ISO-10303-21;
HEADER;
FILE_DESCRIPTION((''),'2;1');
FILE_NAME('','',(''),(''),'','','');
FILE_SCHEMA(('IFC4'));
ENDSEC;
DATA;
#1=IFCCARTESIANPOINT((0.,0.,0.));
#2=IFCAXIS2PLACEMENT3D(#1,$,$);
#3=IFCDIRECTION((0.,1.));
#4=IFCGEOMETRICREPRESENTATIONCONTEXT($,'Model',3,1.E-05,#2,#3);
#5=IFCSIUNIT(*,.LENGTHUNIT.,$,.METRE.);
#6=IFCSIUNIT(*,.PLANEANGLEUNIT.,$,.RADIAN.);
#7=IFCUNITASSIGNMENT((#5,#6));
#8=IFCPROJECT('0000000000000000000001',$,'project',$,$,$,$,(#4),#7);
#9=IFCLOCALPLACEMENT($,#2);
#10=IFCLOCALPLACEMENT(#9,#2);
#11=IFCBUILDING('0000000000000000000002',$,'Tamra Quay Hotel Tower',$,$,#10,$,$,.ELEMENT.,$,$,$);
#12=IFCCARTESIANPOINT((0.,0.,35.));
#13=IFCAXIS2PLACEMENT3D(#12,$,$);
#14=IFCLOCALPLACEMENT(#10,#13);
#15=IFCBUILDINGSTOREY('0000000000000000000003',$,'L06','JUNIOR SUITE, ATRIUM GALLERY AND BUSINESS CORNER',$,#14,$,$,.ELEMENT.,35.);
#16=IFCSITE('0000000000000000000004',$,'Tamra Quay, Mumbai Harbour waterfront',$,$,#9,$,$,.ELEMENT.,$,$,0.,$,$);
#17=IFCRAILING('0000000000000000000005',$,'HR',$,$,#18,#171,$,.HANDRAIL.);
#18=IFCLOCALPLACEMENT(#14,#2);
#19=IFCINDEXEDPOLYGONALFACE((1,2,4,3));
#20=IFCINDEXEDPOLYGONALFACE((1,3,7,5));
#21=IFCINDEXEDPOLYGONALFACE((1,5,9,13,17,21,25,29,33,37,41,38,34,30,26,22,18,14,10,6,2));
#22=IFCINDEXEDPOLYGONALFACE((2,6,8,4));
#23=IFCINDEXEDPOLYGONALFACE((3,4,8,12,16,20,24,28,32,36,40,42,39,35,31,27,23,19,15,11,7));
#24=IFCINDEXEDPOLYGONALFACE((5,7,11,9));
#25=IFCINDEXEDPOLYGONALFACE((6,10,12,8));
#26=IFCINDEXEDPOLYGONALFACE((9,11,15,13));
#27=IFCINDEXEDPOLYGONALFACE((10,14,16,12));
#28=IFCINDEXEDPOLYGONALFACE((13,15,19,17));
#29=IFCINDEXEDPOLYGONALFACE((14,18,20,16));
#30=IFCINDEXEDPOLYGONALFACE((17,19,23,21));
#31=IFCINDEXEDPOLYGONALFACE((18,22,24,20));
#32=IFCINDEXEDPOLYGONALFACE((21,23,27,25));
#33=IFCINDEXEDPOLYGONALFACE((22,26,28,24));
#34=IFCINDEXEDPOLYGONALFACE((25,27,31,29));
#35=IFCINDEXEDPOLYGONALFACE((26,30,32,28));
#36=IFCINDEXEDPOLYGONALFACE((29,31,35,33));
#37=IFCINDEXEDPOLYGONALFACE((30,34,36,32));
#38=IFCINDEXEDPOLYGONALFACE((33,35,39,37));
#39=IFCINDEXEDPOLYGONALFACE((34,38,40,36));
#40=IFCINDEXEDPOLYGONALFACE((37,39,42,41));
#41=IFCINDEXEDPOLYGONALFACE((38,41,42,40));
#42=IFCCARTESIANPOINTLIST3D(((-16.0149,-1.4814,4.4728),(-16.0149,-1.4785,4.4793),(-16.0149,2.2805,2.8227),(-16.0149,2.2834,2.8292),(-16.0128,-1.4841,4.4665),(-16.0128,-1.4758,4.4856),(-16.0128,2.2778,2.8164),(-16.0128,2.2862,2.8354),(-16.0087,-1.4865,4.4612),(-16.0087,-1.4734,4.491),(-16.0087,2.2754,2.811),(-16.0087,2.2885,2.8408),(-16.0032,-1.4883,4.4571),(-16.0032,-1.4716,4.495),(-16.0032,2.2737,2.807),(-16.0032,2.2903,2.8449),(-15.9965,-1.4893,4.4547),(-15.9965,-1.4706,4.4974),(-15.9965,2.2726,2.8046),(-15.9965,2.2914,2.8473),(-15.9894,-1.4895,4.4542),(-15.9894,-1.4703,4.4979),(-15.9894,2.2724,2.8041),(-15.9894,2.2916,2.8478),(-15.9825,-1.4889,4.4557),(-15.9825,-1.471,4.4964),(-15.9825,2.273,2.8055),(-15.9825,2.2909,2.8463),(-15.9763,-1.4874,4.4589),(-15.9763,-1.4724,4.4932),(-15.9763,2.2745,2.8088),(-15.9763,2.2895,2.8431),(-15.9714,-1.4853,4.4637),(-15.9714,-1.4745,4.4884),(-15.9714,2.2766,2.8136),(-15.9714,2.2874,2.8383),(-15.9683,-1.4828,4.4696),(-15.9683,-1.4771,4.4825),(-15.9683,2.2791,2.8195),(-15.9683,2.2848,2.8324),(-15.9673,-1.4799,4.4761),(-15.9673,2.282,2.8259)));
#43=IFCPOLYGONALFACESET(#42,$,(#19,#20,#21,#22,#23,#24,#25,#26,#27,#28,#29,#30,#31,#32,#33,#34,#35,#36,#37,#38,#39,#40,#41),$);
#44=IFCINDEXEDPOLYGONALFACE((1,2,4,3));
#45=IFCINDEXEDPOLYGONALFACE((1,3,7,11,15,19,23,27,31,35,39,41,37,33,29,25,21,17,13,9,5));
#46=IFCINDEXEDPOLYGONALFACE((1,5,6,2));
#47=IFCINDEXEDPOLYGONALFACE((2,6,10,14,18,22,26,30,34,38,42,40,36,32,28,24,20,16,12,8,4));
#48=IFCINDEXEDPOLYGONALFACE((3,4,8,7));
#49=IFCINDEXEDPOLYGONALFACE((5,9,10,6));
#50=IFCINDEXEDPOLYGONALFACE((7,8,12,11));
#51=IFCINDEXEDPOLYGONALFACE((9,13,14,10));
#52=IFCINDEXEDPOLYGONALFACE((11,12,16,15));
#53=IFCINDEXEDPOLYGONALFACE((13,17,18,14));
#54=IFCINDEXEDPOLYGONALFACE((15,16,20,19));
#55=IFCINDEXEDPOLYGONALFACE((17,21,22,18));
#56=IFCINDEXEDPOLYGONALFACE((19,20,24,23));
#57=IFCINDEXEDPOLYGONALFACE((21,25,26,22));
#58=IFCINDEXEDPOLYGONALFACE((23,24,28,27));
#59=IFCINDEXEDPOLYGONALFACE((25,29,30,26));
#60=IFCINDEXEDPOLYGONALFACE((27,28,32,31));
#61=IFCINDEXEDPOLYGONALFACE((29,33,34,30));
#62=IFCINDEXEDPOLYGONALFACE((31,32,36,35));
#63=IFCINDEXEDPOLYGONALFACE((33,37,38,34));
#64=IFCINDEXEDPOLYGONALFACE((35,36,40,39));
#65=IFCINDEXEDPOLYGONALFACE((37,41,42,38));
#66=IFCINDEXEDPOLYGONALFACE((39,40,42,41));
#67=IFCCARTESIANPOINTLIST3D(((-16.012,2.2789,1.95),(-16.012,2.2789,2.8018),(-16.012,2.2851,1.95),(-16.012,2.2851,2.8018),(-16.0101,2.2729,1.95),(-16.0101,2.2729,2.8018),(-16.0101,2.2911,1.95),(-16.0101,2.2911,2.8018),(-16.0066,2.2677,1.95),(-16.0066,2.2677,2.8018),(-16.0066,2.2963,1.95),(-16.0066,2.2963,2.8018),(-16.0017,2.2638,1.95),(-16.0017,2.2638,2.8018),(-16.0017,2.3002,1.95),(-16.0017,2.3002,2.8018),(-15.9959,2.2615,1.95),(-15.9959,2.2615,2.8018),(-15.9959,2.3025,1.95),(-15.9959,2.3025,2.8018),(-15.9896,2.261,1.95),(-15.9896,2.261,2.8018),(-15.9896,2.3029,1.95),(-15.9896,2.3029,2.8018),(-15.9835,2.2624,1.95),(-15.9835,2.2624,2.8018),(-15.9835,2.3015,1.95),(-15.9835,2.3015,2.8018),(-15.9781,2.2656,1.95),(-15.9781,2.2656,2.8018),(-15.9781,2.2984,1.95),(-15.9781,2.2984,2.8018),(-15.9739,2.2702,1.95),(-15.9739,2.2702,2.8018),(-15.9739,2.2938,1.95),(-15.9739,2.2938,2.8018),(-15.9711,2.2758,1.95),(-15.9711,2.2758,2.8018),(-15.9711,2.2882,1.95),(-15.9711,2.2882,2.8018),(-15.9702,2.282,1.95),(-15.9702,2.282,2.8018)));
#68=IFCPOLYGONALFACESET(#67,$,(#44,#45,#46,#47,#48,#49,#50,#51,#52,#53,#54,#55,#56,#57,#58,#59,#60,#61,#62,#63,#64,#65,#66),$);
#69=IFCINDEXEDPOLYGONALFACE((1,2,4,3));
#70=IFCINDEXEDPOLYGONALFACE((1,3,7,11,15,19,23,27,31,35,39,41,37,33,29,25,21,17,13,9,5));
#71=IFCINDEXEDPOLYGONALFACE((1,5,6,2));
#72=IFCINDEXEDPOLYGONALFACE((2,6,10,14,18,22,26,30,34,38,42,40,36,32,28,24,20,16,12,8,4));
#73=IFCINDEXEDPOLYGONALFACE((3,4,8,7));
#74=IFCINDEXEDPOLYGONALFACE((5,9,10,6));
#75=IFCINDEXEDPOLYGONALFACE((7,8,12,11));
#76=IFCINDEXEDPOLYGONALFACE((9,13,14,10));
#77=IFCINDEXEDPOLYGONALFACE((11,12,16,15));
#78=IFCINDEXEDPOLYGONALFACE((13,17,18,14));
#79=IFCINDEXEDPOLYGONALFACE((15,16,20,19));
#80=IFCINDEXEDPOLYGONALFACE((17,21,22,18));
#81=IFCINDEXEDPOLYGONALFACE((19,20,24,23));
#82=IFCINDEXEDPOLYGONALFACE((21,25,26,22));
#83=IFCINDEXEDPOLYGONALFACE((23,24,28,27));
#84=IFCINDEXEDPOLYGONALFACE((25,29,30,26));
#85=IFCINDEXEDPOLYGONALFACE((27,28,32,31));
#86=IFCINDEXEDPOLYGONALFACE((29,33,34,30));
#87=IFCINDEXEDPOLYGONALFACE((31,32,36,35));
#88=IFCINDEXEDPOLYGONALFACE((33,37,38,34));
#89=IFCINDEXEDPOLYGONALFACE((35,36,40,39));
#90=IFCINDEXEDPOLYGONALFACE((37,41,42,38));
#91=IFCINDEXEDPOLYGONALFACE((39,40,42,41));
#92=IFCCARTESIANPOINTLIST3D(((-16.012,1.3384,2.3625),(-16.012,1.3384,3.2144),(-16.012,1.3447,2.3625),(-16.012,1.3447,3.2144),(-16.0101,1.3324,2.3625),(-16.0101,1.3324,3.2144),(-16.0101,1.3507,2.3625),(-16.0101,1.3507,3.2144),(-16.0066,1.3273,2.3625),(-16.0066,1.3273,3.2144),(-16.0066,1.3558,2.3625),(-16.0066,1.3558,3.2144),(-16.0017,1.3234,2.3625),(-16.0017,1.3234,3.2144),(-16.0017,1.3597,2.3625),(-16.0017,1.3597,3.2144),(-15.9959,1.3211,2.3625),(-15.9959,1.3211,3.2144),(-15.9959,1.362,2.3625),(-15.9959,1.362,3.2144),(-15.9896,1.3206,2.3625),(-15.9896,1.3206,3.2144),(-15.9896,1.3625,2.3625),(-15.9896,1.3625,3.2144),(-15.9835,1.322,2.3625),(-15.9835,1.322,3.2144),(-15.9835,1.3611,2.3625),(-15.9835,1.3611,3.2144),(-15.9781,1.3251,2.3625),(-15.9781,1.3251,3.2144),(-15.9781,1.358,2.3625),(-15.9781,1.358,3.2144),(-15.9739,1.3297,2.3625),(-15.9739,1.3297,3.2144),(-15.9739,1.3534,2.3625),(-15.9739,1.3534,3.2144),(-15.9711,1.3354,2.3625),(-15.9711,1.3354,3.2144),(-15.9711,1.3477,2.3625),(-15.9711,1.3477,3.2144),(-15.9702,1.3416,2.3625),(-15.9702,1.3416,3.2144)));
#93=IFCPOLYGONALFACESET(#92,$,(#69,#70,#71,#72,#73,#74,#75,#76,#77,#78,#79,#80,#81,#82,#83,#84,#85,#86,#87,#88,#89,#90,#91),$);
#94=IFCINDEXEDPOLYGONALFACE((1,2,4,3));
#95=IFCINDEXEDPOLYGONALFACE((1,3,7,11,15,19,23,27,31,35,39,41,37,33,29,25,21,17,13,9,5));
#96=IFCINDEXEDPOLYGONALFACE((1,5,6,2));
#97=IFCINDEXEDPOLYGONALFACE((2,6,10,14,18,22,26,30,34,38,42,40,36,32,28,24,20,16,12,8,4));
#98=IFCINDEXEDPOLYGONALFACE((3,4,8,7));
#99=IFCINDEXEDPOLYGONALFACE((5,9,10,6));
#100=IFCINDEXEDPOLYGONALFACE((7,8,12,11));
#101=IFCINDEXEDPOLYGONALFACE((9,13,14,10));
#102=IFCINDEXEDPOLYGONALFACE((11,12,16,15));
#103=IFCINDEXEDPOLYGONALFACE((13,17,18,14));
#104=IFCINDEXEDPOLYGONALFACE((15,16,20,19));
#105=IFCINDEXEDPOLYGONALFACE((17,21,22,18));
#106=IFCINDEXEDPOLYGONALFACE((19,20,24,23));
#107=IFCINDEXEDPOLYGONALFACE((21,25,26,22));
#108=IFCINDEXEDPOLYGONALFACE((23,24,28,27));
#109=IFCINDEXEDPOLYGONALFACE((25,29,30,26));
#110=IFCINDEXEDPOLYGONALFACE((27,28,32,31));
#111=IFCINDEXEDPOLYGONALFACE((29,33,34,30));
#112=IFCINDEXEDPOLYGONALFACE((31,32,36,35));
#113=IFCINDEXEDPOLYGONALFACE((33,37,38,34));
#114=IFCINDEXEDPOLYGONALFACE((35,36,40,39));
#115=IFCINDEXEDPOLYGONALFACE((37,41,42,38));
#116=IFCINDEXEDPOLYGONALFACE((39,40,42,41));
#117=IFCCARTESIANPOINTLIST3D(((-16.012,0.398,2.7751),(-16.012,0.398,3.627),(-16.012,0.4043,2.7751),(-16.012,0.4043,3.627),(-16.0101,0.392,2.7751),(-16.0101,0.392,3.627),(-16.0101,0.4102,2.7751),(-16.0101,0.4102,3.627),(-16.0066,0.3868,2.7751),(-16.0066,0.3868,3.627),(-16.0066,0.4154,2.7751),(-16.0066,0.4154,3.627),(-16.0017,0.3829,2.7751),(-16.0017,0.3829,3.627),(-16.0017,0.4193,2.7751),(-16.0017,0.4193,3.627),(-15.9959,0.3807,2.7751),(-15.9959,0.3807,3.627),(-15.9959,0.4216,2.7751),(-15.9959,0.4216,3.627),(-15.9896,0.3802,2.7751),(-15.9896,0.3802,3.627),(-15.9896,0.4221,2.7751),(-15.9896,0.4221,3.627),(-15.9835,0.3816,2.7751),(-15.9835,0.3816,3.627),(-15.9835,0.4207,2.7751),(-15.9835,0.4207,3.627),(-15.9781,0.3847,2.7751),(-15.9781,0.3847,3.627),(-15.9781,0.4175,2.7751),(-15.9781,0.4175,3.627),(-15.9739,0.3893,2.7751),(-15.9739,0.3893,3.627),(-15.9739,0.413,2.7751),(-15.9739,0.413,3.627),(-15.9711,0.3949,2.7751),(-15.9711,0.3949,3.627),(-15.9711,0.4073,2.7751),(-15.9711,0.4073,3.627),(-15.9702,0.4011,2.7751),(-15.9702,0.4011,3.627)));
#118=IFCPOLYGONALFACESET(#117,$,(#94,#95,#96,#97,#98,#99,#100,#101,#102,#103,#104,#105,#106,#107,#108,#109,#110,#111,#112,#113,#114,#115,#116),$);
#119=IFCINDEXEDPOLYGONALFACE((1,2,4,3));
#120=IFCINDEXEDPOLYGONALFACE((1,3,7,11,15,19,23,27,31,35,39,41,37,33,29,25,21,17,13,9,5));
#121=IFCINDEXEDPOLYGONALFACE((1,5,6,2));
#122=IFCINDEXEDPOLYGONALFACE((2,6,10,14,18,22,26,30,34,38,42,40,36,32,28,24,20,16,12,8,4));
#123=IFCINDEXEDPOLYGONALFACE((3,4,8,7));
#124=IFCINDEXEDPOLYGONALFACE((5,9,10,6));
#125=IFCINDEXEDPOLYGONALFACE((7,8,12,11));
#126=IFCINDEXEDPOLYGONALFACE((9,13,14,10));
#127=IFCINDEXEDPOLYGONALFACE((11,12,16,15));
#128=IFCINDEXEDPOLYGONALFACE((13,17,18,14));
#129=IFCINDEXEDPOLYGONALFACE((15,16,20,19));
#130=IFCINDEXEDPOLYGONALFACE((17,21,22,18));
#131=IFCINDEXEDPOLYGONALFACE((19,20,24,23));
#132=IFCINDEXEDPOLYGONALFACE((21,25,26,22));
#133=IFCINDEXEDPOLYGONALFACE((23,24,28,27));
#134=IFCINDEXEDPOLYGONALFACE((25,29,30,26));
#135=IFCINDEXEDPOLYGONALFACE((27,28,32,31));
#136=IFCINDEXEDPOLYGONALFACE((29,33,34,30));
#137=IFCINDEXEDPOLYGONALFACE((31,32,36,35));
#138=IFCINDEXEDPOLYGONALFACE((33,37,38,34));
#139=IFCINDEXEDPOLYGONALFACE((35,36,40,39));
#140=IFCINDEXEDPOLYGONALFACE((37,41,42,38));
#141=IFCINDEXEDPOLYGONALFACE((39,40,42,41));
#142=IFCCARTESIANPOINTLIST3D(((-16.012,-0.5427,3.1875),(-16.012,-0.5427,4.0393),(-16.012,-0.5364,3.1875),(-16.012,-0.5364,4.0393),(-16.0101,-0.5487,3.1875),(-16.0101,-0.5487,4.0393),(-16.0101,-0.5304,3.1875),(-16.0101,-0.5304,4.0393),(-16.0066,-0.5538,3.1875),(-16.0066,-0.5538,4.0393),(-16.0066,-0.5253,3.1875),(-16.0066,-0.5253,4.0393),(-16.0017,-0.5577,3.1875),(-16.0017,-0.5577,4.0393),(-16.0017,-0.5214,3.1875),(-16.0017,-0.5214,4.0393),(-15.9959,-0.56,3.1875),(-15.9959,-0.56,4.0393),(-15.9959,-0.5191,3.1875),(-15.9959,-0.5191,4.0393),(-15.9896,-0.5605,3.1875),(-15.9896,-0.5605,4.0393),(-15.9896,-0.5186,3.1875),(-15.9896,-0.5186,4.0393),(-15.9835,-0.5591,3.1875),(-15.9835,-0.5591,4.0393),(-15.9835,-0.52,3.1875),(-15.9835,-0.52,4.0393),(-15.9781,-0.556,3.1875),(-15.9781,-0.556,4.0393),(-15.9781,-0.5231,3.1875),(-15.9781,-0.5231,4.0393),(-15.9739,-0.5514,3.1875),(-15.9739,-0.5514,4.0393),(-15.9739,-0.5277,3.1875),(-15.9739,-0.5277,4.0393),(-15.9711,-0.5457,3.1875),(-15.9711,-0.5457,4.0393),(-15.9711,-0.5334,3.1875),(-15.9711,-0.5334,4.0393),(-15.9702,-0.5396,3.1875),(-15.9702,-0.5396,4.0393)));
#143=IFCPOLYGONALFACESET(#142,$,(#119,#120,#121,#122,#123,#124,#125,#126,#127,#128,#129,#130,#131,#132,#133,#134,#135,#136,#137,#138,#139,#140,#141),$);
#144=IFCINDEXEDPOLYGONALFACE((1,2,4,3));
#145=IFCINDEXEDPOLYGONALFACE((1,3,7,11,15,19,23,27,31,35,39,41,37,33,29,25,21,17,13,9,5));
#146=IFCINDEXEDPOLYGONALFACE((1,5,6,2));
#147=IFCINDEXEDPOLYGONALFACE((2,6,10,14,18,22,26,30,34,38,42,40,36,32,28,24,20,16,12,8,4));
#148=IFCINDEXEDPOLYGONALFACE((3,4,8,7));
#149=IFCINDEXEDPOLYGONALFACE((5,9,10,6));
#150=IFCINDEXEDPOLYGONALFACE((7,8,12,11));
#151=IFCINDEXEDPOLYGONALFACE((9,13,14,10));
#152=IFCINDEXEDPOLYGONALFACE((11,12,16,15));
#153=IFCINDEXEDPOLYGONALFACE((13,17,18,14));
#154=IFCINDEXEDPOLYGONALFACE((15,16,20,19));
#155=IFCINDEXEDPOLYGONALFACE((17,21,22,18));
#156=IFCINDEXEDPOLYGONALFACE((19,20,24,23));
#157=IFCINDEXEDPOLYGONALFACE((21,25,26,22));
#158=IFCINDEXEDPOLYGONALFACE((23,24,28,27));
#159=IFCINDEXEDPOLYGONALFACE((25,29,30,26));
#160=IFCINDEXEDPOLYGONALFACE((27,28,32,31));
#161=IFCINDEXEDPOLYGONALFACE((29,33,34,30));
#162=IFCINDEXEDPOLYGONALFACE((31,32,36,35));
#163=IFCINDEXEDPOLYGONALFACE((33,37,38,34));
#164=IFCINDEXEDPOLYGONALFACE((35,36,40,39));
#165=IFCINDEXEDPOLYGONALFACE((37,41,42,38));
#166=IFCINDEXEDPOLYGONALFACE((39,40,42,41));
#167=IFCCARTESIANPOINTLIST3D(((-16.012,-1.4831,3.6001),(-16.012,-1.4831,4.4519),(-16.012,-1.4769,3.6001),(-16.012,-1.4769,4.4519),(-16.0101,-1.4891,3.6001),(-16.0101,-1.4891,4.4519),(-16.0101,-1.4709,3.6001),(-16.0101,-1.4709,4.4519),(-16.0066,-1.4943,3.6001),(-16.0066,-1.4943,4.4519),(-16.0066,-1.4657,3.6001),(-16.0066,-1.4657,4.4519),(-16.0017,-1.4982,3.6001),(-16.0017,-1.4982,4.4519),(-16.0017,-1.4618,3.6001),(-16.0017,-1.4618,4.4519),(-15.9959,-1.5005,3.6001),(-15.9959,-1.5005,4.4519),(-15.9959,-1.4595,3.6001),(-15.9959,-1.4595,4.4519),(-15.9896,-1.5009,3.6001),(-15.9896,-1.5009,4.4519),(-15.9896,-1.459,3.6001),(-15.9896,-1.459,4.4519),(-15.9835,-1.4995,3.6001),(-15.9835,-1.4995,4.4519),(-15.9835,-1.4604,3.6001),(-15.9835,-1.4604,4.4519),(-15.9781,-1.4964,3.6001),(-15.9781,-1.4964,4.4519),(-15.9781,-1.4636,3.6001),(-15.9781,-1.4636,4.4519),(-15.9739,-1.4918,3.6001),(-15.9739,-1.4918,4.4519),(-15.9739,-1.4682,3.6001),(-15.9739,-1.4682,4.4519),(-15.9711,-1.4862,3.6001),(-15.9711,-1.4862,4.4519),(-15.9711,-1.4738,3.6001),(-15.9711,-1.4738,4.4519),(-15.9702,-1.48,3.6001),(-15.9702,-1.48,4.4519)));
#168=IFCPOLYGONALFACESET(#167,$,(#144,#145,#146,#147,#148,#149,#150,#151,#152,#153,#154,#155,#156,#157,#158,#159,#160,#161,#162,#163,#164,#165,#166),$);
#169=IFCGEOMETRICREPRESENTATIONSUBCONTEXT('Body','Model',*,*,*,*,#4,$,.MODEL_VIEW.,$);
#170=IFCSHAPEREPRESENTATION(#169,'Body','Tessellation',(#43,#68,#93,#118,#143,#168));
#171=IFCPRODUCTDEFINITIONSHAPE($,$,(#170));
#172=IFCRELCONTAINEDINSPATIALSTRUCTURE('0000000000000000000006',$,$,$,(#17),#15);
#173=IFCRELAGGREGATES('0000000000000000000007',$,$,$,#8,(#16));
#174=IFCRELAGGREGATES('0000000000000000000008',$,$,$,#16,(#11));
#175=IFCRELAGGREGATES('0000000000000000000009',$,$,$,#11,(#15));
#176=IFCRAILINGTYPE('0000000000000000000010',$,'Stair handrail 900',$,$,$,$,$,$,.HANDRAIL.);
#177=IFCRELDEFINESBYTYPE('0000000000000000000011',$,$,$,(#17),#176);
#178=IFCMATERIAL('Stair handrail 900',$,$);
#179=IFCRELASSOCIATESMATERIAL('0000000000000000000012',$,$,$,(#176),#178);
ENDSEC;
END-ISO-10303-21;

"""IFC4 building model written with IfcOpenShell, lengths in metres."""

from ifc_helpers import new_model, si_unit, direction, frame, origin, origin_2d, place, context, subcontext, project, spatial, circle, extrude, material, type_object, element, save


model = new_model("IFC4")

# Units and contexts
model_context = context("Model", 3, precision=1e-05, world=origin(), true_north=direction((0.0, 1.0)))
body_context = subcontext(model_context, "Body", "Model", "MODEL_VIEW")
ifc_project = project(units=[si_unit("LENGTHUNIT", "METRE"), si_unit("PLANEANGLEUNIT", "RADIAN")], contexts=[model_context])

# Site, building, storey
site_placement = place(None, origin())
site = spatial("IfcSite", under=ifc_project, at=site_placement, Name="Tamra Quay, Mumbai Harbour waterfront", CompositionType="ELEMENT", RefElevation=0.0)
building_placement = place(site_placement, origin())
building = spatial("IfcBuilding", under=site, at=building_placement, Name="Tamra Quay Hotel Tower", CompositionType="ELEMENT")
storey_placement = place(building_placement, frame((0.0, 0.0, 35.0)))
storey = spatial("IfcBuildingStorey", under=building, at=storey_placement, Name="L06", Description="JUNIOR SUITE, ATRIUM GALLERY AND BUSINESS CORNER", CompositionType="ELEMENT", Elevation=35.0)

# Railing
ifc_material_1 = material(Name="Stair handrail 900")
railing_type = type_object("IfcRailingType", Name="Stair handrail 900", PredefinedType="HANDRAIL", material=ifc_material_1)
railing_placement = place(storey_placement, frame((-15.9912, 2.282, 1.95)))
element("IfcRailing", 1, at=railing_placement, inside=storey, type_object=railing_type, Name="HR", PredefinedType="HANDRAIL", context=body_context, shape_type="SweptSolid", body=[
    extrude(circle(Radius=0.0239, at=origin_2d()), frame((0.0, 0.0, 0.876), z_axis=(0.0, -0.915774, 0.401695), x_axis=(1.0, 0.0, 0.0)), (0.0, 0.0, 1.0), 4.1079),
    extrude(circle(Radius=0.021, at=origin_2d()), origin(), (0.0, 0.0, 1.0), 0.8518),
    extrude(circle(Radius=0.021, at=origin_2d()), frame((0.0, -0.9404, 0.4126)), (0.0, 0.0, 1.0), 0.8518),
    extrude(circle(Radius=0.021, at=origin_2d()), frame((0.0, -1.8809, 0.8252)), (0.0, 0.0, 1.0), 0.8518),
    extrude(circle(Radius=0.021, at=origin_2d()), frame((0.0, -2.8215, 1.2375)), (0.0, 0.0, 1.0), 0.8518),
    extrude(circle(Radius=0.021, at=origin_2d()), frame((0.0, -3.762, 1.6501)), (0.0, 0.0, 1.0), 0.8518),
])

save(model, "model.ifc")
